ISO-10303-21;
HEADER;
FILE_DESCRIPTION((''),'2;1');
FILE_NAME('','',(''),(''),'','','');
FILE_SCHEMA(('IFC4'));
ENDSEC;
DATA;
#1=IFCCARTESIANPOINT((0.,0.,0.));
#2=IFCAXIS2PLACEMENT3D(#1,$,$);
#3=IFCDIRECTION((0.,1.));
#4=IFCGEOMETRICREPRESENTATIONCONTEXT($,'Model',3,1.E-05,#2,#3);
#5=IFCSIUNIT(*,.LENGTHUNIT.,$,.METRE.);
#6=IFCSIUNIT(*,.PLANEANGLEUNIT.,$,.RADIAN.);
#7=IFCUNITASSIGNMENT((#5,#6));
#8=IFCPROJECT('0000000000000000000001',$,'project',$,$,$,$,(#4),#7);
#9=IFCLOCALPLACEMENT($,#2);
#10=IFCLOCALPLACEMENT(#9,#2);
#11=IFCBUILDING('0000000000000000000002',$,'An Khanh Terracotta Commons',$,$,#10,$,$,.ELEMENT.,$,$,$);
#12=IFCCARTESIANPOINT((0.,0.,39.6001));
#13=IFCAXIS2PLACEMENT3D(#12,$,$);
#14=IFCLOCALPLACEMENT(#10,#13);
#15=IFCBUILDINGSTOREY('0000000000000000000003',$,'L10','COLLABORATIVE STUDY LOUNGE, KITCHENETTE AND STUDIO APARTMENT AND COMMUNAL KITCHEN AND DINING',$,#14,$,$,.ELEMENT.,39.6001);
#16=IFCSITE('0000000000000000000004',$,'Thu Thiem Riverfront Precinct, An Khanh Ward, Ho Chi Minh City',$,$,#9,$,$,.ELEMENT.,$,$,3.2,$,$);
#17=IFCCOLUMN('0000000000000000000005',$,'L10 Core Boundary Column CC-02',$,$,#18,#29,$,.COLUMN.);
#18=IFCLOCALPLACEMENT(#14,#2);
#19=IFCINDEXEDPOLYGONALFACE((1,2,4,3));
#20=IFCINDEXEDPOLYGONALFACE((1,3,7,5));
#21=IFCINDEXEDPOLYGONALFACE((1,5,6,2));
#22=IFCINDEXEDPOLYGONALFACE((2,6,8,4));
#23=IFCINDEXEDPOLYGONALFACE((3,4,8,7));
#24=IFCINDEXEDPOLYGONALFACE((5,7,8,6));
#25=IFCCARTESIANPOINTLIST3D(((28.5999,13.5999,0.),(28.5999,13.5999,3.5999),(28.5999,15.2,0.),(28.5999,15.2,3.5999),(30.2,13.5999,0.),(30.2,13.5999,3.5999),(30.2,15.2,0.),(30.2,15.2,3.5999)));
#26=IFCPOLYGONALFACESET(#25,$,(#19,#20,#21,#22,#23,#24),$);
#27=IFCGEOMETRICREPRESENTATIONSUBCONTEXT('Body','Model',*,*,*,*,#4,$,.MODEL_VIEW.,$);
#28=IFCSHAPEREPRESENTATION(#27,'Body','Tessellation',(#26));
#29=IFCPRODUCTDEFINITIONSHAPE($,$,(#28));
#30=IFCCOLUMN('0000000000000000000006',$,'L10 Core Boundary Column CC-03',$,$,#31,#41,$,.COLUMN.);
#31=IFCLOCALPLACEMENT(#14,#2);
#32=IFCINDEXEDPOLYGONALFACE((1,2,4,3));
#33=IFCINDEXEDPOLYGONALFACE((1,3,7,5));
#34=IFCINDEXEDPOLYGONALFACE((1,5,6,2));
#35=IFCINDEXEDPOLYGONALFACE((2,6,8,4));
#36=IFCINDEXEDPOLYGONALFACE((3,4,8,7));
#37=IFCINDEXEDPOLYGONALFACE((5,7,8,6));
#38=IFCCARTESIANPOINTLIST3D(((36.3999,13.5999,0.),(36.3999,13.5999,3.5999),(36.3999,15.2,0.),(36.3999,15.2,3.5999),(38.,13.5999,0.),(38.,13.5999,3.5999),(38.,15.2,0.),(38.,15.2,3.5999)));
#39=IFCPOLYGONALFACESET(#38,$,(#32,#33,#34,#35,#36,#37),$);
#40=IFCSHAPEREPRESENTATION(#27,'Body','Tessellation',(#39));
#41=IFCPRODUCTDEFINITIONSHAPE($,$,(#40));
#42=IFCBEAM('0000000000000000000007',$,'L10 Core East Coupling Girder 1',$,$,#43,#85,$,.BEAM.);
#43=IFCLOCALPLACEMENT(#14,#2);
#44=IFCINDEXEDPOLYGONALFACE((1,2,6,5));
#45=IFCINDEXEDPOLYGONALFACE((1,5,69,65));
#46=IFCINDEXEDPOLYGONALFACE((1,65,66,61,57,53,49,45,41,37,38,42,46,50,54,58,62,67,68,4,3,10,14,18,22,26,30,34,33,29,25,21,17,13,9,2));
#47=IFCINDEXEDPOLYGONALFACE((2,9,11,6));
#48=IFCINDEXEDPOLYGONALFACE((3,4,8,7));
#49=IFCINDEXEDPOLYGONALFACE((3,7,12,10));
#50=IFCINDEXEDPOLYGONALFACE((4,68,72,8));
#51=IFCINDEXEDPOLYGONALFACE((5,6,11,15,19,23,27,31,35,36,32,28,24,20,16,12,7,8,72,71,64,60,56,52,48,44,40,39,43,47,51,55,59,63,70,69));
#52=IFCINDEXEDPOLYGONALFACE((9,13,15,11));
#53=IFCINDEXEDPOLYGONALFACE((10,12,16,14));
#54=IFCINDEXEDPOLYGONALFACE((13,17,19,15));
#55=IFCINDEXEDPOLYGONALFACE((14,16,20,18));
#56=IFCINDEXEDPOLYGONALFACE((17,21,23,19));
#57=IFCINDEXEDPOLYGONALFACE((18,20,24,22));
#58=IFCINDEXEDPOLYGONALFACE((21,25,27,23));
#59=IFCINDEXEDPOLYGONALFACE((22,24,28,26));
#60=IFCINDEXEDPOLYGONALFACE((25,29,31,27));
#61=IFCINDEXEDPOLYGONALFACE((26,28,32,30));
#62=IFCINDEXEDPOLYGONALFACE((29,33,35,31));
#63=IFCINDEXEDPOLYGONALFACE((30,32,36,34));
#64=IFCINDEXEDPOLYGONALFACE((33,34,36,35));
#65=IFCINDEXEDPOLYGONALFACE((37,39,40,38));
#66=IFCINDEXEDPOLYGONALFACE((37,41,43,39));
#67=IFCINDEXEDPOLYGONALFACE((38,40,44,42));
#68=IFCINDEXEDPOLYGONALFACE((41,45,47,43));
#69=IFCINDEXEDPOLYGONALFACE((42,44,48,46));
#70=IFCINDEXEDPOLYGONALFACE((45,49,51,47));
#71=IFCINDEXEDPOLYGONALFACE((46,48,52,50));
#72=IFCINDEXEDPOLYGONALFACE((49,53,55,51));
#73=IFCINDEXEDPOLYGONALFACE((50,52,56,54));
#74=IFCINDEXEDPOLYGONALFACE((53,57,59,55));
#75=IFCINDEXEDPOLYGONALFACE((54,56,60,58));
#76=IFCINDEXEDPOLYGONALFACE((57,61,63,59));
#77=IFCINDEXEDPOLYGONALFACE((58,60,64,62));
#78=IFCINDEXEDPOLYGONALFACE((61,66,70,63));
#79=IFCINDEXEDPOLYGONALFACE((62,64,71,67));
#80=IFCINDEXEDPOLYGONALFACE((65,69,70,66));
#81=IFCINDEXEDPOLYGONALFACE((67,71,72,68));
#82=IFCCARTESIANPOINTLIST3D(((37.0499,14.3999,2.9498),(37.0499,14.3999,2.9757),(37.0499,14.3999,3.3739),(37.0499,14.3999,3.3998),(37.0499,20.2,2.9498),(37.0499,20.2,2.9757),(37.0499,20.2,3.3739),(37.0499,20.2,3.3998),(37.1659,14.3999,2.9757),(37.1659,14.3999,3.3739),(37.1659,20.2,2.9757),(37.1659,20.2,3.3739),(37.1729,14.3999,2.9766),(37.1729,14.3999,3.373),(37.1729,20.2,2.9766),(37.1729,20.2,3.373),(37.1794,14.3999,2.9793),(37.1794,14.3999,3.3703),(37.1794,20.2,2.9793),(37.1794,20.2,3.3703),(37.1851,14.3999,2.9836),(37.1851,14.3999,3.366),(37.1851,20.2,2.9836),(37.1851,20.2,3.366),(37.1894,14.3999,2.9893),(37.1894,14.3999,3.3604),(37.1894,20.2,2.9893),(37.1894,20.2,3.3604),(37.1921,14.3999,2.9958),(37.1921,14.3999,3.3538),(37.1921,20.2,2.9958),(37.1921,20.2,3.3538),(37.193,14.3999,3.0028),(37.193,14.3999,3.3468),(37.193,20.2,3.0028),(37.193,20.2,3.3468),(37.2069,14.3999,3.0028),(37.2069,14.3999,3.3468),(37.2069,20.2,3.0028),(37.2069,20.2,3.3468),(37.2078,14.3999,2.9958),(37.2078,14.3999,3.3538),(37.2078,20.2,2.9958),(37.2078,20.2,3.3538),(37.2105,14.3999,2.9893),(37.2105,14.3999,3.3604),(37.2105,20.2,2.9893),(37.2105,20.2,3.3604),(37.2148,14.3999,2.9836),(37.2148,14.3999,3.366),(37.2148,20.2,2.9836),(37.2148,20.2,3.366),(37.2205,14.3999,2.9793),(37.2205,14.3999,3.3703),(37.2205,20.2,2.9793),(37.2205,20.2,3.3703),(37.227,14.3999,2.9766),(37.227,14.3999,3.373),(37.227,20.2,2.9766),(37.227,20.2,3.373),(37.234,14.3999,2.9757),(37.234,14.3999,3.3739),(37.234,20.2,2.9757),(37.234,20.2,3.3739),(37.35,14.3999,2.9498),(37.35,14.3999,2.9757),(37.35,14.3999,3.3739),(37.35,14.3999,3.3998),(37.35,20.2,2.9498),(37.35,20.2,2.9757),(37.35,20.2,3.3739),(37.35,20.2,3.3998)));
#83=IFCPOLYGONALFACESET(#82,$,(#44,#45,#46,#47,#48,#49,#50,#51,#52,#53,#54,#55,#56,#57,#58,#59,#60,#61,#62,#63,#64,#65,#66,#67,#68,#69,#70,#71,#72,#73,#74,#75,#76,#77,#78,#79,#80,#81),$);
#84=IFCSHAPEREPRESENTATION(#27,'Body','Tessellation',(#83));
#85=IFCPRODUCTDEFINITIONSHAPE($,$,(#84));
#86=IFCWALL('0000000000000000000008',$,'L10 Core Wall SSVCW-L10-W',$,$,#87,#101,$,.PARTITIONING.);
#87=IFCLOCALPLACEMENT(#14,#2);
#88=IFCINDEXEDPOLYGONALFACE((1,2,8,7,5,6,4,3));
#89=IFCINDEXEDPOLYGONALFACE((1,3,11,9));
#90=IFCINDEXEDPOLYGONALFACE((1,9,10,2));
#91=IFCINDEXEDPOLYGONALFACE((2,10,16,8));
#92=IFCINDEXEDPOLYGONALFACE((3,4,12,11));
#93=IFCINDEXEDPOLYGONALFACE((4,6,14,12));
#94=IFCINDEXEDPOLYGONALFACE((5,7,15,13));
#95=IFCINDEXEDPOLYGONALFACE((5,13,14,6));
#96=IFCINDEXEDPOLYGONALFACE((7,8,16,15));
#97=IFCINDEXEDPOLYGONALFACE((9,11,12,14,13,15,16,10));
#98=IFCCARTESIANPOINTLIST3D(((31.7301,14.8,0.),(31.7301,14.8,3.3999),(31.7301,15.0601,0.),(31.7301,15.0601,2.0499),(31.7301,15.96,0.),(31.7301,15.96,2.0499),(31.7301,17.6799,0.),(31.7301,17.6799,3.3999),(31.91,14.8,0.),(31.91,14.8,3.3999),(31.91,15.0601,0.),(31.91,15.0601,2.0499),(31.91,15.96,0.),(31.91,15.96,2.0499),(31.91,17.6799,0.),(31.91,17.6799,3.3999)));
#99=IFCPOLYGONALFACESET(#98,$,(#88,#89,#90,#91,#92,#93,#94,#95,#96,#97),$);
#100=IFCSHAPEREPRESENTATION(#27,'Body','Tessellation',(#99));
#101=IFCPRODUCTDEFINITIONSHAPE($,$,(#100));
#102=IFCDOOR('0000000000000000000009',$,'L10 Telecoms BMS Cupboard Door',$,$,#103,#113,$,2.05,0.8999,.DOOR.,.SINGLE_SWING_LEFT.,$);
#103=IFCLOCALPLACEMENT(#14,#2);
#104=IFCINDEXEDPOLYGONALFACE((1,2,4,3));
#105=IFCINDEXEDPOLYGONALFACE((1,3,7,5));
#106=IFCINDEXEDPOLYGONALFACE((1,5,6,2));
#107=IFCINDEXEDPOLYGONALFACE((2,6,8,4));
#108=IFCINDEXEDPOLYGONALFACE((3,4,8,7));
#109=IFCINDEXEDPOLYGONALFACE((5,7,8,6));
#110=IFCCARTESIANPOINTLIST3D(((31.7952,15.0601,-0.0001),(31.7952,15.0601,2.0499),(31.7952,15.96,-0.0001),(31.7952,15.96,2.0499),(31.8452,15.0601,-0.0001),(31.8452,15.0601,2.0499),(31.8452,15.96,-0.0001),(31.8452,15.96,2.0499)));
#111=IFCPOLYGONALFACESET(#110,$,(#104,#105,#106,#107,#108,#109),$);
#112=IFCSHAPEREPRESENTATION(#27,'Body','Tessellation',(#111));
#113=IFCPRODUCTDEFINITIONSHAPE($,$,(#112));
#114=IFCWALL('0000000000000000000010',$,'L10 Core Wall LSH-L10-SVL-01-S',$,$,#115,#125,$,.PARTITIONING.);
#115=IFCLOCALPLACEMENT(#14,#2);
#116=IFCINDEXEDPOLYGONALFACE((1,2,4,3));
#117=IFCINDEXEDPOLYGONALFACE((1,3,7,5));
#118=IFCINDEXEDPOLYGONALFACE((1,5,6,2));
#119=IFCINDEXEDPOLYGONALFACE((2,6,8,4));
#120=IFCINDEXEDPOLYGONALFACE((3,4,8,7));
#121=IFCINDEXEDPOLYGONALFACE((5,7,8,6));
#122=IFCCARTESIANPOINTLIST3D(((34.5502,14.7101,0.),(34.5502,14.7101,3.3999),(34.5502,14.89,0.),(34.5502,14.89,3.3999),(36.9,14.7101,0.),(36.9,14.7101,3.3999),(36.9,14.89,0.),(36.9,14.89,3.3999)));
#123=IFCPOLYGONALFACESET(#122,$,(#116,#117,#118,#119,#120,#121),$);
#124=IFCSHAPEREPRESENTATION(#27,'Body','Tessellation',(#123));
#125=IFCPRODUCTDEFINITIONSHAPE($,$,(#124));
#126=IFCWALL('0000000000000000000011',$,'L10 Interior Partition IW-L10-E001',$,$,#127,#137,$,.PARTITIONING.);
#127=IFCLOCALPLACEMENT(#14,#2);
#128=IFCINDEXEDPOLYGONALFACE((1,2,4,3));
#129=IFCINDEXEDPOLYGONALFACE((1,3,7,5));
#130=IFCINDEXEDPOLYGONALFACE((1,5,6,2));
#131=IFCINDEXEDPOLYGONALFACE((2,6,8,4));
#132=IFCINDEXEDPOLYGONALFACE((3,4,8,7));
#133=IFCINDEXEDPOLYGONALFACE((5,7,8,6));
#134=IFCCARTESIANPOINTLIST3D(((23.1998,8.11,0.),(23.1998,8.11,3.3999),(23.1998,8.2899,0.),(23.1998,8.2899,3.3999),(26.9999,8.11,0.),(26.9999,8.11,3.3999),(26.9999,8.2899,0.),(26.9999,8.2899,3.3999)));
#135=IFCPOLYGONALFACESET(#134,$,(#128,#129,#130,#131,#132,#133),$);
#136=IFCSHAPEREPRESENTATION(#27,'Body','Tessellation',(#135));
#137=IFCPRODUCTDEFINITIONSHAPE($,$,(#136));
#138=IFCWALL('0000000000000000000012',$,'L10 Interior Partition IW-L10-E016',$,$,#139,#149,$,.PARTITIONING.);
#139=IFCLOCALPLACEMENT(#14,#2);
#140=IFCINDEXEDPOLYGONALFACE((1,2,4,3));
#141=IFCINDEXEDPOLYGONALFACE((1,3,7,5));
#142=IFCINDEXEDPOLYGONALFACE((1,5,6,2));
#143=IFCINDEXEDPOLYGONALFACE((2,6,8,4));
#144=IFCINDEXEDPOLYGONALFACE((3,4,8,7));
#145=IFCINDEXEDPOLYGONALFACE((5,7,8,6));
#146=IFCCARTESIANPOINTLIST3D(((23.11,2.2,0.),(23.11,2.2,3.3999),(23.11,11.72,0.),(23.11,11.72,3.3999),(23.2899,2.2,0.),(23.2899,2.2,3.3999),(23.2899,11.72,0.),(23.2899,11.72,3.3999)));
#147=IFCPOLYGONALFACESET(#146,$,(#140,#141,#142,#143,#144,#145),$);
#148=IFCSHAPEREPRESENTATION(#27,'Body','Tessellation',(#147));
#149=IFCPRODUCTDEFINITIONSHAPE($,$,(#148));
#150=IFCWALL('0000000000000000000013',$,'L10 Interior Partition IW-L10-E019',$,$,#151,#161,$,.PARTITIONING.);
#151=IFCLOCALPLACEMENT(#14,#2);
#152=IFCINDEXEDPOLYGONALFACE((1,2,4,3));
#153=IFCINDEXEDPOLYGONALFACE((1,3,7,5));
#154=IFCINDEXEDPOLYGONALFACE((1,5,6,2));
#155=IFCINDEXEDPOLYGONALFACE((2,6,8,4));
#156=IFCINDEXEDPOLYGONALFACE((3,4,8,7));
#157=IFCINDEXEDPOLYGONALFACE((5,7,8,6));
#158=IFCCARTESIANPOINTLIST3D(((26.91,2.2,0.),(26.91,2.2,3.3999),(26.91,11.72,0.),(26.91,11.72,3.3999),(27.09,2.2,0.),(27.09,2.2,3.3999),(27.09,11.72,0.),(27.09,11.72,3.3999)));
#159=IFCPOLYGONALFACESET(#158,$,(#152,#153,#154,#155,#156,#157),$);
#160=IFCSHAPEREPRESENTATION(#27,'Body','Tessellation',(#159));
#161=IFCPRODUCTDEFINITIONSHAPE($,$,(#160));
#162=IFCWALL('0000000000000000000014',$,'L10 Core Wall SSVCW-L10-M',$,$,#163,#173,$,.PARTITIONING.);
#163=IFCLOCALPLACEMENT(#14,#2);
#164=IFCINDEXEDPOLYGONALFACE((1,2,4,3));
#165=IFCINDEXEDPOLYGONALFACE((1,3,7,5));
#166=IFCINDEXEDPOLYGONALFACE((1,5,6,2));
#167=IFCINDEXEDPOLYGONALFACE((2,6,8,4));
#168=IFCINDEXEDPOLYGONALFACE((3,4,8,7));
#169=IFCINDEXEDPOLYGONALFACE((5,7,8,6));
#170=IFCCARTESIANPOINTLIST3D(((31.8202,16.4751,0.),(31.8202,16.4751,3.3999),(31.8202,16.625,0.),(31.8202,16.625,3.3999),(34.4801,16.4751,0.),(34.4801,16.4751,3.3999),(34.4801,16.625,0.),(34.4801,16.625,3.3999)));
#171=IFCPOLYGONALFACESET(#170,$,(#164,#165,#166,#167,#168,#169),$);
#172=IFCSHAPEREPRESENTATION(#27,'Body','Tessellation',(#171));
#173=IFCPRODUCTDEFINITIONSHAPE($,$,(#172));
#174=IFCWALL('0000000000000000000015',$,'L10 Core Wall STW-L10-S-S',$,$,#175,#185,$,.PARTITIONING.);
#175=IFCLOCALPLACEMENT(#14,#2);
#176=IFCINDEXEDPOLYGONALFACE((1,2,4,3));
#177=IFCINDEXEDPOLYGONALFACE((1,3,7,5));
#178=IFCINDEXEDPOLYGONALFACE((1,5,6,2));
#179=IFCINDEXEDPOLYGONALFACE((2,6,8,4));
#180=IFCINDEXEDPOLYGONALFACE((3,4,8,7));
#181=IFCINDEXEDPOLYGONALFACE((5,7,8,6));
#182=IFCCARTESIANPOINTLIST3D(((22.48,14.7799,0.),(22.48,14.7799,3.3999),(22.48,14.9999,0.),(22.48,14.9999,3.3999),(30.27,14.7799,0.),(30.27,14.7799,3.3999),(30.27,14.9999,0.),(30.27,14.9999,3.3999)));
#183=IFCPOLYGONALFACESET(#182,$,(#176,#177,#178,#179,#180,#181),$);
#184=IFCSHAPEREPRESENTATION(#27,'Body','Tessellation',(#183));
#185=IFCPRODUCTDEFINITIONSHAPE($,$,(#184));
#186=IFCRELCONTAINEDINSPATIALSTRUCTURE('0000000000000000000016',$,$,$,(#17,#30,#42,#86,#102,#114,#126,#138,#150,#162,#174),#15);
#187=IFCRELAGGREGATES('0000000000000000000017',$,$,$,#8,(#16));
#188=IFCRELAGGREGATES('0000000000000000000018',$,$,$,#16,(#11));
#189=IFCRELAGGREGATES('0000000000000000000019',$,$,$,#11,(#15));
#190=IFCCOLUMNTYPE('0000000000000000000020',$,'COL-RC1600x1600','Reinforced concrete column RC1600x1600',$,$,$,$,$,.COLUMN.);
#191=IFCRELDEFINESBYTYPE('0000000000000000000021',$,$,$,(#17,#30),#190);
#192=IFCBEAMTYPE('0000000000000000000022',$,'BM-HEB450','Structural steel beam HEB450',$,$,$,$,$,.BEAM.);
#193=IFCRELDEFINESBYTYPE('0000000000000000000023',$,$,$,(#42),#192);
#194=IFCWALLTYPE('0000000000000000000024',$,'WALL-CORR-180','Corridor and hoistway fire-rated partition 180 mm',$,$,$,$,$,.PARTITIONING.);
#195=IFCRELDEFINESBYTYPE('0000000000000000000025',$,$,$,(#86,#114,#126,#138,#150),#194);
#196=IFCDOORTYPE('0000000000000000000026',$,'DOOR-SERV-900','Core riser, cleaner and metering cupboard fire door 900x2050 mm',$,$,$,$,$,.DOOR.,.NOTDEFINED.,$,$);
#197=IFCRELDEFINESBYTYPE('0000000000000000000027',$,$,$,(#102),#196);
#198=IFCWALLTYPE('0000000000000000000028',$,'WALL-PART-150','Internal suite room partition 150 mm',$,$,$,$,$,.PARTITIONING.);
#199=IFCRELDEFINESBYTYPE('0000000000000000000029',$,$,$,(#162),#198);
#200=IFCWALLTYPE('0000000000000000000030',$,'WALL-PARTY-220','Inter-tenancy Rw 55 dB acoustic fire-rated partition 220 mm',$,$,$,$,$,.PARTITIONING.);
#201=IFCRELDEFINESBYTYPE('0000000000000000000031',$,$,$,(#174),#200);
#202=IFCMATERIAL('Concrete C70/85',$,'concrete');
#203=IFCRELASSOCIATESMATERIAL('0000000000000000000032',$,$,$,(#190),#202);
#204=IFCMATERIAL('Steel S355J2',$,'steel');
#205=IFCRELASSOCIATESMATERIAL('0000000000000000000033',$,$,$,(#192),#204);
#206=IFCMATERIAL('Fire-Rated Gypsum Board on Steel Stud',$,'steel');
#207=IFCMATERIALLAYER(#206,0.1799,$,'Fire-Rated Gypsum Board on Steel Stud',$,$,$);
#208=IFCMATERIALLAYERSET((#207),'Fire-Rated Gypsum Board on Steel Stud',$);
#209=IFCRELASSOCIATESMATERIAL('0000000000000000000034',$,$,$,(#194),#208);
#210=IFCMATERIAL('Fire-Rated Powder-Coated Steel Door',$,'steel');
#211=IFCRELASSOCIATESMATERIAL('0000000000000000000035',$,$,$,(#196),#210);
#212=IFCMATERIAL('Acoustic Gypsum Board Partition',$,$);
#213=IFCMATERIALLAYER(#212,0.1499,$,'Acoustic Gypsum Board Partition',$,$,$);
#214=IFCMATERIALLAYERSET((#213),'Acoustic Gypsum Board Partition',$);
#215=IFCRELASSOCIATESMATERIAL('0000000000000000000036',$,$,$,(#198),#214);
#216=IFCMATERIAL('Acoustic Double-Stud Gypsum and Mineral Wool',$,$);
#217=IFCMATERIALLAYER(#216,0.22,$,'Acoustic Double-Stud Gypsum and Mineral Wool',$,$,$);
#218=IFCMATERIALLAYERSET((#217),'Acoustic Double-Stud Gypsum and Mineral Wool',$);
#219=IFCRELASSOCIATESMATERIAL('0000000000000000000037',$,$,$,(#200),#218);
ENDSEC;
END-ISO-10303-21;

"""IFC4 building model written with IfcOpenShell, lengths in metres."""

from ifc_helpers import new_model, si_unit, direction, frame, frame_2d, origin, origin_2d, place, context, subcontext, project, spatial, rectangle, i_section, extrude, material, layer, layer_set, material_profile, profile_set, type_object, element, fill, save


model = new_model("IFC4")

# Units and contexts
model_context = context("Model", 3, precision=1e-05, world=origin(), true_north=direction((0.0, 1.0)))
body_context = subcontext(model_context, "Body", "Model", "MODEL_VIEW")
ifc_project = project(units=[si_unit("LENGTHUNIT", "METRE"), si_unit("PLANEANGLEUNIT", "RADIAN")], contexts=[model_context])

# Site, building, storey
site_placement = place(None, origin())
site = spatial("IfcSite", under=ifc_project, at=site_placement, Name="Thu Thiem Riverfront Precinct, An Khanh Ward, Ho Chi Minh City", CompositionType="ELEMENT", RefElevation=3.2)
building_placement = place(site_placement, origin())
building = spatial("IfcBuilding", under=site, at=building_placement, Name="An Khanh Terracotta Commons", CompositionType="ELEMENT")
storey_placement = place(building_placement, frame((0.0, 0.0, 39.6001)))
storey = spatial("IfcBuildingStorey", under=building, at=storey_placement, Name="L10", Description="COLLABORATIVE STUDY LOUNGE, KITCHENETTE AND STUDIO APARTMENT AND COMMUNAL KITCHEN AND DINING", CompositionType="ELEMENT", Elevation=39.6001)

# Columns
ifc_material_1 = material(Name="Concrete C70/85", Category="concrete")
ifc_material_profile_1 = material_profile(ifc_material_1, rectangle(XDim=1.6001, YDim=1.6001, at=origin_2d()), Name="RC1600x1600")
ifc_profile_set_1 = profile_set([ifc_material_profile_1], Name="Concrete C70/85")
column_type = type_object("IfcColumnType", Name="COL-RC1600x1600", Description="Reinforced concrete column RC1600x1600", PredefinedType="COLUMN", material=ifc_profile_set_1)
for number, where, z_axis, x_axis, name in (
    (1, (29.3999, 14.3999, 0.0), (0.0, 0.0, 1.0), (1.0, 0.0, 0.0), "L10 Core Boundary Column CC-02"),
    (2, (37.2, 14.3999, 0.0), (0.0, 0.0, 1.0), (1.0, 0.0, 0.0), "L10 Core Boundary Column CC-03"),
):
    element("IfcColumn", number, at=place(storey_placement, frame(where, z_axis=z_axis, x_axis=x_axis)), inside=storey, type_object=column_type, Name=name, PredefinedType="COLUMN", context=body_context, shape_type="SweptSolid", body=[
        extrude(rectangle(XDim=1.6001, YDim=1.6001, at=origin_2d()), origin(), (0.0, 0.0, 1.0), 3.5999),
    ])

# Beam
ifc_material_2 = material(Name="Steel S355J2", Category="steel")
ifc_material_profile_2 = material_profile(ifc_material_2, i_section(OverallWidth=0.3, OverallDepth=0.45, WebThickness=0.0139, FlangeThickness=0.0259, FilletRadius=0.0271, at=origin_2d()), Name="HEB450")
ifc_profile_set_2 = profile_set([ifc_material_profile_2], Name="Steel S355J2")
beam_type = type_object("IfcBeamType", Name="BM-HEB450", Description="Structural steel beam HEB450", PredefinedType="BEAM", material=ifc_profile_set_2)
beam_placement = place(storey_placement, frame((37.2, 14.3999, 3.1748), z_axis=(0.0, 1.0, 0.0), x_axis=(-1.0, 0.0, 0.0)))
element("IfcBeam", 3, at=beam_placement, inside=storey, type_object=beam_type, Name="L10 Core East Coupling Girder 1", PredefinedType="BEAM", context=body_context, shape_type="SweptSolid", body=[
    extrude(i_section(OverallWidth=0.3, OverallDepth=0.45, WebThickness=0.0139, FlangeThickness=0.0259, FilletRadius=0.0271, at=origin_2d()), origin(), (0.0, 0.0, 1.0), 5.8),
])

# Wall, opening, door
ifc_material_3 = material(Name="Fire-Rated Gypsum Board on Steel Stud", Category="steel")
ifc_layer_1 = layer(ifc_material_3, 0.1799, Name="Fire-Rated Gypsum Board on Steel Stud")
ifc_layer_set_1 = layer_set([ifc_layer_1], Name="Fire-Rated Gypsum Board on Steel Stud")
wall_type_1 = type_object("IfcWallType", Name="WALL-CORR-180", Description="Corridor and hoistway fire-rated partition 180 mm", PredefinedType="PARTITIONING", material=ifc_layer_set_1)
wall_1_placement = place(storey_placement, frame((31.8201, 14.8, 0.0), z_axis=(0.0, 0.0, 1.0), x_axis=(0.0, 1.0, 0.0)))
wall_1 = element("IfcWall", 4, at=wall_1_placement, inside=storey, type_object=wall_type_1, Name="L10 Core Wall SSVCW-L10-W", PredefinedType="PARTITIONING", context=body_context, shape_type="SweptSolid", body=[
    extrude(rectangle(XDim=2.8799, YDim=0.1799, at=frame_2d((1.4399, 0.0))), origin(), (0.0, 0.0, 1.0), 3.3999),
])
opening_1_placement = place(wall_1_placement, frame((0.26, 0.0, 0.0)))
opening_1 = element("IfcOpeningElement", 5, at=opening_1_placement, cuts=wall_1, PredefinedType="OPENING", context=body_context, shape_type="SweptSolid", body=[
    extrude(rectangle(XDim=0.8999, YDim=2.05, at=frame_2d((0.45, 1.0249))), frame((0.0, 0.0999, 0.0), z_axis=(0.0, -1.0, 0.0), x_axis=(1.0, 0.0, 0.0)), (0.0, 0.0, 1.0), 0.2),
])
ifc_material_4 = material(Name="Fire-Rated Powder-Coated Steel Door", Category="steel")
door_type_1 = type_object("IfcDoorType", Name="DOOR-SERV-900", Description="Core riser, cleaner and metering cupboard fire door 900x2050 mm", OperationType="NOTDEFINED", PredefinedType="DOOR", material=ifc_material_4)
door_1_placement = place(opening_1_placement, origin())
door_1 = element("IfcDoor", 6, at=door_1_placement, inside=storey, type_object=door_type_1, Name="L10 Telecoms BMS Cupboard Door", OperationType="SINGLE_SWING_LEFT", OverallHeight=2.05, OverallWidth=0.8999, PredefinedType="DOOR", context=body_context, shape_type="SweptSolid", body=[
    extrude(rectangle(XDim=0.8999, YDim=2.05, at=frame_2d((0.45, 1.0249))), frame((0.0, 0.0249, 0.0), z_axis=(0.0, -1.0, 0.0), x_axis=(1.0, 0.0, 0.0)), (0.0, 0.0, 1.0), 0.05),
])
fill(opening_1, door_1)

# Walls
wall_2_placement = place(storey_placement, frame((36.8999, 14.8, 0.0), z_axis=(0.0, 0.0, 1.0), x_axis=(-1.0, 0.0, 0.0)))
element("IfcWall", 7, at=wall_2_placement, inside=storey, type_object=wall_type_1, Name="L10 Core Wall LSH-L10-SVL-01-S", PredefinedType="PARTITIONING", context=body_context, shape_type="SweptSolid", body=[
    extrude(rectangle(XDim=2.3499, YDim=0.1799, at=frame_2d((1.1748, 0.0))), origin(), (0.0, 0.0, 1.0), 3.3999),
])
wall_3_placement = place(storey_placement, frame((23.2, 8.2, 0.0), z_axis=(0.0, 0.0, 1.0), x_axis=(1.0, 0.0, 0.0)))
element("IfcWall", 8, at=wall_3_placement, inside=storey, type_object=wall_type_1, Name="L10 Interior Partition IW-L10-E001", PredefinedType="PARTITIONING", context=body_context, shape_type="SweptSolid", body=[
    extrude(rectangle(XDim=3.8, YDim=0.1799, at=frame_2d((1.8999, 0.0))), origin(), (0.0, 0.0, 1.0), 3.3999),
])
for number, where, z_axis, x_axis, name in (
    (9, (23.2, 2.2, 0.0), (0.0, 0.0, 1.0), (0.0, 1.0, 0.0), "L10 Interior Partition IW-L10-E016"),
    (10, (27.0, 2.2, 0.0), (0.0, 0.0, 1.0), (0.0, 1.0, 0.0), "L10 Interior Partition IW-L10-E019"),
):
    element("IfcWall", number, at=place(storey_placement, frame(where, z_axis=z_axis, x_axis=x_axis)), inside=storey, type_object=wall_type_1, Name=name, PredefinedType="PARTITIONING", context=body_context, shape_type="SweptSolid", body=[
        extrude(rectangle(XDim=9.52, YDim=0.1799, at=frame_2d((4.76, 0.0))), origin(), (0.0, 0.0, 1.0), 3.3999),
    ])
ifc_material_5 = material(Name="Acoustic Gypsum Board Partition")
ifc_layer_2 = layer(ifc_material_5, 0.1499, Name="Acoustic Gypsum Board Partition")
ifc_layer_set_2 = layer_set([ifc_layer_2], Name="Acoustic Gypsum Board Partition")
wall_type_2 = type_object("IfcWallType", Name="WALL-PART-150", Description="Internal suite room partition 150 mm", PredefinedType="PARTITIONING", material=ifc_layer_set_2)
wall_4_placement = place(storey_placement, frame((31.8201, 16.55, 0.0), z_axis=(0.0, 0.0, 1.0), x_axis=(1.0, 0.0, 0.0)))
element("IfcWall", 11, at=wall_4_placement, inside=storey, type_object=wall_type_2, Name="L10 Core Wall SSVCW-L10-M", PredefinedType="PARTITIONING", context=body_context, shape_type="SweptSolid", body=[
    extrude(rectangle(XDim=2.6599, YDim=0.1499, at=frame_2d((1.3301, 0.0))), origin(), (0.0, 0.0, 1.0), 3.3999),
])
ifc_material_6 = material(Name="Acoustic Double-Stud Gypsum and Mineral Wool")
ifc_layer_3 = layer(ifc_material_6, 0.22, Name="Acoustic Double-Stud Gypsum and Mineral Wool")
ifc_layer_set_3 = layer_set([ifc_layer_3], Name="Acoustic Double-Stud Gypsum and Mineral Wool")
wall_type_3 = type_object("IfcWallType", Name="WALL-PARTY-220", Description="Inter-tenancy Rw 55 dB acoustic fire-rated partition 220 mm", PredefinedType="PARTITIONING", material=ifc_layer_set_3)
wall_5_placement = place(storey_placement, frame((22.48, 14.8899, 0.0), z_axis=(0.0, 0.0, 1.0), x_axis=(1.0, 0.0, 0.0)))
element("IfcWall", 12, at=wall_5_placement, inside=storey, type_object=wall_type_3, Name="L10 Core Wall STW-L10-S-S", PredefinedType="PARTITIONING", context=body_context, shape_type="SweptSolid", body=[
    extrude(rectangle(XDim=7.79, YDim=0.22, at=frame_2d((3.895, 0.0))), origin(), (0.0, 0.0, 1.0), 3.3999),
])

save(model, "model.ifc")
